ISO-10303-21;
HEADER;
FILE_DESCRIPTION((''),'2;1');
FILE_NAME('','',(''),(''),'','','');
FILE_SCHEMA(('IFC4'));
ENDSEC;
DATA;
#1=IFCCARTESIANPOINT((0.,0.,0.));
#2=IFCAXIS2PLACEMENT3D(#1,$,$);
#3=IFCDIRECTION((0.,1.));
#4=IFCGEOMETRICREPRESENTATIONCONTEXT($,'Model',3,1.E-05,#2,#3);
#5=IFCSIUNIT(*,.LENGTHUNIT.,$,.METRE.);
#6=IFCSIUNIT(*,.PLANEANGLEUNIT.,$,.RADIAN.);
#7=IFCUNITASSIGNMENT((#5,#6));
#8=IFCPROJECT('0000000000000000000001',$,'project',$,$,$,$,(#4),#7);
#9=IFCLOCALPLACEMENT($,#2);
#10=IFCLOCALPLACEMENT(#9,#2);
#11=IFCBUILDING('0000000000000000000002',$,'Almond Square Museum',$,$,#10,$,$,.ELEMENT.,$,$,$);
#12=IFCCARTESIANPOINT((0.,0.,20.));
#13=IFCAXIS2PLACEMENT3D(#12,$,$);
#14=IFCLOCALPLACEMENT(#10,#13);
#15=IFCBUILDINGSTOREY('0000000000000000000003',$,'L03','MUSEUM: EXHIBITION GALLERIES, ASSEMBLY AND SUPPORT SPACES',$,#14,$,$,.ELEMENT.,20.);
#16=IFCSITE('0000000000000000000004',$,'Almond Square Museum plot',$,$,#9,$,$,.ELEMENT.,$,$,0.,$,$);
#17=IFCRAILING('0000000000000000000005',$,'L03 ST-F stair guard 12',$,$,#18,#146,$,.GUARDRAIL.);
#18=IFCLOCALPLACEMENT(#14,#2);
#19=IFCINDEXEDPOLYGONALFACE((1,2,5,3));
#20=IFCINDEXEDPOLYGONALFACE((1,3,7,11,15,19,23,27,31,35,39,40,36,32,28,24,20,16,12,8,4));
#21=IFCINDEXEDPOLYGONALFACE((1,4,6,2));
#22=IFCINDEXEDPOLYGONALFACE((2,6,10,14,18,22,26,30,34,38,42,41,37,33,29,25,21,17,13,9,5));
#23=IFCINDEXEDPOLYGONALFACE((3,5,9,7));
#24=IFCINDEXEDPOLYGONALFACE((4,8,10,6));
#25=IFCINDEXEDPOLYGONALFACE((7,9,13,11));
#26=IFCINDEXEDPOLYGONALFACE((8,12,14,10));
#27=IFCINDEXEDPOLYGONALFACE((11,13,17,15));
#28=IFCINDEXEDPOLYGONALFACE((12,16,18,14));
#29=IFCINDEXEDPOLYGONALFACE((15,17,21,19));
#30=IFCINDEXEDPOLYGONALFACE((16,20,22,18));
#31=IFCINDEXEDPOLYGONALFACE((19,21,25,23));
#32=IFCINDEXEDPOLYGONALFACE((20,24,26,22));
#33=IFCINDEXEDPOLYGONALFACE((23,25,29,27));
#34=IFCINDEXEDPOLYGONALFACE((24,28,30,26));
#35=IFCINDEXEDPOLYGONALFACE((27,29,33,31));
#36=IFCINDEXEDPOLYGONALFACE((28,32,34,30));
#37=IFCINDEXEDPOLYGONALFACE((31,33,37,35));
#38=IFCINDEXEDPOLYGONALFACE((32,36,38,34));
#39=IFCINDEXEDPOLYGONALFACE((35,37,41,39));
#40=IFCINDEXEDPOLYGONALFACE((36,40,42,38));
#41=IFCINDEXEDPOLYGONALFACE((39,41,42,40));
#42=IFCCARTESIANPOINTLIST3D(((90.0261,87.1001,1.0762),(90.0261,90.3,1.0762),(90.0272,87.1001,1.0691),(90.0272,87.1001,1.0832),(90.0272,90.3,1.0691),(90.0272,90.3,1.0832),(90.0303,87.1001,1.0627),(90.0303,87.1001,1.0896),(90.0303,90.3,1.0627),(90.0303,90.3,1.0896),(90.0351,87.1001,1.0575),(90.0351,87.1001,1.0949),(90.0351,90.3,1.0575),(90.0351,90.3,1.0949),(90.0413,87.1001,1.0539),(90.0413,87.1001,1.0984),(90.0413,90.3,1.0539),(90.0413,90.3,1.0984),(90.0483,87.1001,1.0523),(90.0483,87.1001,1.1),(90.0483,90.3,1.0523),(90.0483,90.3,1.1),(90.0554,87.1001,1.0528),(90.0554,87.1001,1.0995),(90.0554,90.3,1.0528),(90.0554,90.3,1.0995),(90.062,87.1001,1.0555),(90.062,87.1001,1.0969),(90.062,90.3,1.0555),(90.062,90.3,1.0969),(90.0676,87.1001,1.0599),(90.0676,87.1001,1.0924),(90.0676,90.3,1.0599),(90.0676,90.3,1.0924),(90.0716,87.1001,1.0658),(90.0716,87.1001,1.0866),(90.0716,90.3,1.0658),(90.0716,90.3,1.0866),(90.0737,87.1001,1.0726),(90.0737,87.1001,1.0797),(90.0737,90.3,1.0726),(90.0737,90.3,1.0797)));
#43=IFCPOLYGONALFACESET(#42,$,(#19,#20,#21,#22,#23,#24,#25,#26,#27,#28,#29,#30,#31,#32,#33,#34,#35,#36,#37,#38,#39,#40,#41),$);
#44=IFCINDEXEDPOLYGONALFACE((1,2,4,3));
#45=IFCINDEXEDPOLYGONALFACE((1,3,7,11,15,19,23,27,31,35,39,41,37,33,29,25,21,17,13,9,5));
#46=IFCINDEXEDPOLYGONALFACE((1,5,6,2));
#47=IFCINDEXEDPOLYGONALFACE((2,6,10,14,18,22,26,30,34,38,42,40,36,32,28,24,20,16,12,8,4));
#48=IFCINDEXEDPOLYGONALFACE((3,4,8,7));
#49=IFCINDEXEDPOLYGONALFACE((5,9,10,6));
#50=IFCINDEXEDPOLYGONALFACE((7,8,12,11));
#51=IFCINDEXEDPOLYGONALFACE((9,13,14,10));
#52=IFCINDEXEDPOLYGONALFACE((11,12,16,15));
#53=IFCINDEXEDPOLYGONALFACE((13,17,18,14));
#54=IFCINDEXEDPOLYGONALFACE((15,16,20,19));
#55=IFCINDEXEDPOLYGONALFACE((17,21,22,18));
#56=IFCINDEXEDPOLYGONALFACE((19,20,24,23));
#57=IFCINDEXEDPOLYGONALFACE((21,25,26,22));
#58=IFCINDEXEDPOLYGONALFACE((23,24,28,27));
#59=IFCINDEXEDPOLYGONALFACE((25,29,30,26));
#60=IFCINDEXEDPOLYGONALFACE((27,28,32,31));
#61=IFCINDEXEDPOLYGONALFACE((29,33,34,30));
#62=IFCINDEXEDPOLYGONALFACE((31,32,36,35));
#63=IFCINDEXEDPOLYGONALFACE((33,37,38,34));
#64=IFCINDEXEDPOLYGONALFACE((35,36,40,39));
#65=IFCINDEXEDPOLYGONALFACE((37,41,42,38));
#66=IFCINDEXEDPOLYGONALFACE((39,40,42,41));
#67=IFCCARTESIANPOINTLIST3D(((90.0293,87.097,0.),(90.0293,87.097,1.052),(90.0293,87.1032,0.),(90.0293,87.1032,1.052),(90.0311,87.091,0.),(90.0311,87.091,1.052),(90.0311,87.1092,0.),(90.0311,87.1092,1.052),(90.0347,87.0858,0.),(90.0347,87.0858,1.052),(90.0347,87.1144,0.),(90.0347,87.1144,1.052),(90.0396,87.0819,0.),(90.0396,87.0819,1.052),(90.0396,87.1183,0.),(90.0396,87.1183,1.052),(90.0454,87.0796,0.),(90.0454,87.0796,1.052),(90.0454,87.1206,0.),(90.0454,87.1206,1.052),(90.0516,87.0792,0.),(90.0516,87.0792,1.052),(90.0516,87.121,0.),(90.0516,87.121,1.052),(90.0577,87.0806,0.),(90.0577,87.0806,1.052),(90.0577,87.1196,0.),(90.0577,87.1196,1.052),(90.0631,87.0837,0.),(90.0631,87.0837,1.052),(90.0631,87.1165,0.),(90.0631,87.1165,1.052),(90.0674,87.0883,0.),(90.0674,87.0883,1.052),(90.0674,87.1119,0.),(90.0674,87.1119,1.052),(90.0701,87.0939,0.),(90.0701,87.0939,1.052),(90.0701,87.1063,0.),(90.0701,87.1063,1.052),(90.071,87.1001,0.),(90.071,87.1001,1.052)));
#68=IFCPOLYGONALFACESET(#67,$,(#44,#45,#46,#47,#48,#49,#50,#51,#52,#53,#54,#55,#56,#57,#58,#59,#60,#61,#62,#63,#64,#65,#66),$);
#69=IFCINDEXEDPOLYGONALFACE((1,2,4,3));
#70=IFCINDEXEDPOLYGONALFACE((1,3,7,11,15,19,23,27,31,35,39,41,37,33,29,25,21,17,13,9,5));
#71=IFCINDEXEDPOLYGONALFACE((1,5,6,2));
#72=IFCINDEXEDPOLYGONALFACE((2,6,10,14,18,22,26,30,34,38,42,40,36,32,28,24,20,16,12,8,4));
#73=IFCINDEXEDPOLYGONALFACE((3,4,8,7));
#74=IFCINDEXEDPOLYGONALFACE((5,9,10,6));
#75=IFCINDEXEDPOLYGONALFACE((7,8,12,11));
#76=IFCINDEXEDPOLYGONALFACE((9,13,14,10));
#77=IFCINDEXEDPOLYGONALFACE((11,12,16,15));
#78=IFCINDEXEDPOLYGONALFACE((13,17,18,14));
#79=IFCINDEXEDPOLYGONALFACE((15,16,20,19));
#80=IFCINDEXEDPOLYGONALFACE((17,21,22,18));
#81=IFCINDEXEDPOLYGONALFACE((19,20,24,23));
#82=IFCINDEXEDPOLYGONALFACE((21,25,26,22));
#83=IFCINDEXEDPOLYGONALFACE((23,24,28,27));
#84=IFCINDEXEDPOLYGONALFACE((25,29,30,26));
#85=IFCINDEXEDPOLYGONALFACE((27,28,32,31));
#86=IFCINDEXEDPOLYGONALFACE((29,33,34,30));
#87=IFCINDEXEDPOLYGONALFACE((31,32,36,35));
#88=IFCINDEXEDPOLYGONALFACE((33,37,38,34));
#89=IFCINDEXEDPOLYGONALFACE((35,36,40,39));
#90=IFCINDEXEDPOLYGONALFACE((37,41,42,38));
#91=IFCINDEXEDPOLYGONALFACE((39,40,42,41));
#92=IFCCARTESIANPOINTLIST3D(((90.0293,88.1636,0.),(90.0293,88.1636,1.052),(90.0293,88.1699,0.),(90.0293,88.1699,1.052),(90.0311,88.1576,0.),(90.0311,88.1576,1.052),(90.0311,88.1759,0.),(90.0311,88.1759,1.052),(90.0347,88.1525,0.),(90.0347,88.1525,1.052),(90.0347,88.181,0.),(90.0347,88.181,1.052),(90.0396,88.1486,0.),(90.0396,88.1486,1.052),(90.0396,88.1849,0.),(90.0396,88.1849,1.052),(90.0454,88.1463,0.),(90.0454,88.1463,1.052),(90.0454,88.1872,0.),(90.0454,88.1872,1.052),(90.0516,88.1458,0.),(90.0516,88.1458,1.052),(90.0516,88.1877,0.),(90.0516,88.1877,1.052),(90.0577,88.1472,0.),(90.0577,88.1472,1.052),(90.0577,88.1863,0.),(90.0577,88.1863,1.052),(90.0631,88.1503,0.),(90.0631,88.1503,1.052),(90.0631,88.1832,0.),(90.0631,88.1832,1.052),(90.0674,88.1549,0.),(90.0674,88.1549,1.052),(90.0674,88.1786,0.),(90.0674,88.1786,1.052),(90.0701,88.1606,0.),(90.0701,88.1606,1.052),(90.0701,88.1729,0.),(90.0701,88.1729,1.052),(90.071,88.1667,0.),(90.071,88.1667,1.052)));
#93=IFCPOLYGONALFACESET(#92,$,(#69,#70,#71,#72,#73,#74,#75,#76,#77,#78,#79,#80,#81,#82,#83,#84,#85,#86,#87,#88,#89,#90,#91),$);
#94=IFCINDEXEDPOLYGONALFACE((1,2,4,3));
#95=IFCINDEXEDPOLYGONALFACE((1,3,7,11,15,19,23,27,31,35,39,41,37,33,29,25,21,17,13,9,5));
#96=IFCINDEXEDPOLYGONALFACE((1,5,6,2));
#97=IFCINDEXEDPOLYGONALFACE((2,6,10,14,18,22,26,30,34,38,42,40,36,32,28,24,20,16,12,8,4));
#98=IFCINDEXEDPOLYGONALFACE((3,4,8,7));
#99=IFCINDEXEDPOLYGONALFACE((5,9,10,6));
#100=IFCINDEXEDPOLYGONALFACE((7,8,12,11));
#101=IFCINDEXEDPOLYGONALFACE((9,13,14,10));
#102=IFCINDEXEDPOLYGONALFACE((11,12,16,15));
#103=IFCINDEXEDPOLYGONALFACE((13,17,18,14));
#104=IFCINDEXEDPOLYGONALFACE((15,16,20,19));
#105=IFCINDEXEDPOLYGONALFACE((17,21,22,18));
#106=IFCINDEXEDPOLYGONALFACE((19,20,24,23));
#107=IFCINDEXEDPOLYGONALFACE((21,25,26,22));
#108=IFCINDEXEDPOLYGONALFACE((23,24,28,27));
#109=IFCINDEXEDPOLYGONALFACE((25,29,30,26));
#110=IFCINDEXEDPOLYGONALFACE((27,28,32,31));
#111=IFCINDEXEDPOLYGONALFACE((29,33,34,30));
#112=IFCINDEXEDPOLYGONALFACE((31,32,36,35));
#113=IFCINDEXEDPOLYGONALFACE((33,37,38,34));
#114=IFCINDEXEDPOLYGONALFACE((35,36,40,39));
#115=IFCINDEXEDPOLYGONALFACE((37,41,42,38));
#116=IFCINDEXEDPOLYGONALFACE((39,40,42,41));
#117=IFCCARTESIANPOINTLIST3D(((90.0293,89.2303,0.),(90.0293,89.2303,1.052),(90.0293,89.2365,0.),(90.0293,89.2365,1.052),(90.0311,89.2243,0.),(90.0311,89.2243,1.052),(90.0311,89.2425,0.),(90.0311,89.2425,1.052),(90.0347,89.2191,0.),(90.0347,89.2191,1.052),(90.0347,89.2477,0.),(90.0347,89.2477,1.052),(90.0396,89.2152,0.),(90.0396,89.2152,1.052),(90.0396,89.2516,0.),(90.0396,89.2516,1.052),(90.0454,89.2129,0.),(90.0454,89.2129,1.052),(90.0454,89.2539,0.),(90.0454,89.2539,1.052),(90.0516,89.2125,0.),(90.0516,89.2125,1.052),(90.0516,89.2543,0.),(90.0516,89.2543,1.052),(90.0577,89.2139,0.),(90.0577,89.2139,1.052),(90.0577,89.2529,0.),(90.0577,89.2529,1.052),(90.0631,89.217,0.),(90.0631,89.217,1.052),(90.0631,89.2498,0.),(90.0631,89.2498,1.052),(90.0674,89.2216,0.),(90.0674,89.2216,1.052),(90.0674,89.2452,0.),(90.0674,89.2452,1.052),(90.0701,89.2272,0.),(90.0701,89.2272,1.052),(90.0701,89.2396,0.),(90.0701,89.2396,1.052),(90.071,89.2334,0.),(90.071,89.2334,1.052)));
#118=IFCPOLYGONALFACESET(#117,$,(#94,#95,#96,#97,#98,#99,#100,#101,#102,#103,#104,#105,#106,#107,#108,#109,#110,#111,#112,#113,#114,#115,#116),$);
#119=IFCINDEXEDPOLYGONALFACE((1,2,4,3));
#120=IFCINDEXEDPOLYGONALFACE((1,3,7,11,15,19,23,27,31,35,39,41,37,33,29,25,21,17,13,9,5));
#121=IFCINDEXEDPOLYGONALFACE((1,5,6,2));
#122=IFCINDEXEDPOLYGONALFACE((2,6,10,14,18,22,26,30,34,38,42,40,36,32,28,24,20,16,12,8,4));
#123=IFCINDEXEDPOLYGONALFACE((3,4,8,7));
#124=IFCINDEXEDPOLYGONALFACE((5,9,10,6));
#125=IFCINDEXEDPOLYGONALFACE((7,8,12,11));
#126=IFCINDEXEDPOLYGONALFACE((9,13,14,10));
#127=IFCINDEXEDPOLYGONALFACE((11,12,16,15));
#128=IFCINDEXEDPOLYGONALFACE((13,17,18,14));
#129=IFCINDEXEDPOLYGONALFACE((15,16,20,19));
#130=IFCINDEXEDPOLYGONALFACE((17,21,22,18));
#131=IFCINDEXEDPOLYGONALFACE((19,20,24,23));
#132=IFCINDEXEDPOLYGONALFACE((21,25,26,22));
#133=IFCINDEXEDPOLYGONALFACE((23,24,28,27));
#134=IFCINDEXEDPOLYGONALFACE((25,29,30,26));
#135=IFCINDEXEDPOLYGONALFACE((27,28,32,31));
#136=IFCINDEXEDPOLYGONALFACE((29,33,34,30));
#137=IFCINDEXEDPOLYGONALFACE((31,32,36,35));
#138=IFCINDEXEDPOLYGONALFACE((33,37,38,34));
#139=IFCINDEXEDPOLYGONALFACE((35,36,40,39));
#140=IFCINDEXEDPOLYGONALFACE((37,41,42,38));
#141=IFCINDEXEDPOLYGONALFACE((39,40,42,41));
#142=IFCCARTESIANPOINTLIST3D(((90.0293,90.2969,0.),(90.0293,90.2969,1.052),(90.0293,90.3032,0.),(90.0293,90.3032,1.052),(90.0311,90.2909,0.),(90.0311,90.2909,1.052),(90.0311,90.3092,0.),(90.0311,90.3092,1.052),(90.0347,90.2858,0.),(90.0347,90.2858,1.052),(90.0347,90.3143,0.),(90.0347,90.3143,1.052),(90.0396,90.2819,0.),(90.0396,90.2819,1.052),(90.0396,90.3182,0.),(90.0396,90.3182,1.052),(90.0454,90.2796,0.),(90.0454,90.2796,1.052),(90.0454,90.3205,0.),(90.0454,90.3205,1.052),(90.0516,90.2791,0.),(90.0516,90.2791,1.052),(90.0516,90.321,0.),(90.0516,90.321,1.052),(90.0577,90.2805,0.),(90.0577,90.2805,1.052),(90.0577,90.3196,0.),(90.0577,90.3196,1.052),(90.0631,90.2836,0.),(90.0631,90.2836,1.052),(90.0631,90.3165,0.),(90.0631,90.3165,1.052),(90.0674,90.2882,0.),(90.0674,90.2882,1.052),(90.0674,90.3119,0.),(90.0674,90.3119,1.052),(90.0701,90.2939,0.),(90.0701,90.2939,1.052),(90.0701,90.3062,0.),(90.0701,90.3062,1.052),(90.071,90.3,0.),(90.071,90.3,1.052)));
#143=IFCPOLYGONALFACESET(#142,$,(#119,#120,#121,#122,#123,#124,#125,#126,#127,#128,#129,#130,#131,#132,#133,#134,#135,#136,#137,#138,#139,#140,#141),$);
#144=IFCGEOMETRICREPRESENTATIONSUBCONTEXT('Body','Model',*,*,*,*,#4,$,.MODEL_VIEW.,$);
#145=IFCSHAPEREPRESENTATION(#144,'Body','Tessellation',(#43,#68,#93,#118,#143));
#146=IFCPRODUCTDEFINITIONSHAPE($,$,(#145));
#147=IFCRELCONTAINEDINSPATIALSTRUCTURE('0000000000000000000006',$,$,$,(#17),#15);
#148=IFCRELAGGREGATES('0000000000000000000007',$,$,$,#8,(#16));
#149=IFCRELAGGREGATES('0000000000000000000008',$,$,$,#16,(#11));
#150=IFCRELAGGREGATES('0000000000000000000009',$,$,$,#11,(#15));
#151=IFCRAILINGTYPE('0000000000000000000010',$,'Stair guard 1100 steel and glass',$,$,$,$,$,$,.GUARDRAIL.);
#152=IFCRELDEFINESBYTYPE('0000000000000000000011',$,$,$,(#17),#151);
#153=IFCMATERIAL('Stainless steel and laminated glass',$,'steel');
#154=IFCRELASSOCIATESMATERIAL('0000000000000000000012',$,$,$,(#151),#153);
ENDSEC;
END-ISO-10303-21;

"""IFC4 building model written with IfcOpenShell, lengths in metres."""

from ifc_helpers import new_model, si_unit, direction, frame, origin, origin_2d, place, context, subcontext, project, spatial, circle, extrude, material, type_object, element, save


model = new_model("IFC4")

# Units and contexts
model_context = context("Model", 3, precision=1e-05, world=origin(), true_north=direction((0.0, 1.0)))
body_context = subcontext(model_context, "Body", "Model", "MODEL_VIEW")
ifc_project = project(units=[si_unit("LENGTHUNIT", "METRE"), si_unit("PLANEANGLEUNIT", "RADIAN")], contexts=[model_context])

# Site, building, storey
site_placement = place(None, origin())
site = spatial("IfcSite", under=ifc_project, at=site_placement, Name="Almond Square Museum plot", CompositionType="ELEMENT", RefElevation=0.0)
building_placement = place(site_placement, origin())
building = spatial("IfcBuilding", under=site, at=building_placement, Name="Almond Square Museum", CompositionType="ELEMENT")
storey_placement = place(building_placement, frame((0.0, 0.0, 20.0)))
storey = spatial("IfcBuildingStorey", under=building, at=storey_placement, Name="L03", Description="MUSEUM: EXHIBITION GALLERIES, ASSEMBLY AND SUPPORT SPACES", CompositionType="ELEMENT", Elevation=20.0)

# Railing
ifc_material_1 = material(Name="Stainless steel and laminated glass", Category="steel")
railing_type = type_object("IfcRailingType", Name="Stair guard 1100 steel and glass", PredefinedType="GUARDRAIL", material=ifc_material_1)
railing_1_placement = place(storey_placement, frame((90.05, 87.1001, 0.0)))
element("IfcRailing", 1, at=railing_1_placement, inside=storey, type_object=railing_type, Name="L03 ST-F stair guard 12", PredefinedType="GUARDRAIL", context=body_context, shape_type="SweptSolid", body=[
    extrude(circle(Radius=0.0239, at=origin_2d()), frame((0.0, 0.0, 1.0762), z_axis=(0.0, 1.0, 0.0), x_axis=(-1.0, 0.0, 0.0)), (0.0, 0.0, 1.0), 3.2),
    extrude(circle(Radius=0.021, at=origin_2d()), origin(), (0.0, 0.0, 1.0), 1.052),
    extrude(circle(Radius=0.021, at=origin_2d()), frame((0.0, 1.0667, 0.0)), (0.0, 0.0, 1.0), 1.052),
    extrude(circle(Radius=0.021, at=origin_2d()), frame((0.0, 2.1333, 0.0)), (0.0, 0.0, 1.0), 1.052),
    extrude(circle(Radius=0.021, at=origin_2d()), frame((0.0, 3.2, 0.0)), (0.0, 0.0, 1.0), 1.052),
])

save(model, "model.ifc")
